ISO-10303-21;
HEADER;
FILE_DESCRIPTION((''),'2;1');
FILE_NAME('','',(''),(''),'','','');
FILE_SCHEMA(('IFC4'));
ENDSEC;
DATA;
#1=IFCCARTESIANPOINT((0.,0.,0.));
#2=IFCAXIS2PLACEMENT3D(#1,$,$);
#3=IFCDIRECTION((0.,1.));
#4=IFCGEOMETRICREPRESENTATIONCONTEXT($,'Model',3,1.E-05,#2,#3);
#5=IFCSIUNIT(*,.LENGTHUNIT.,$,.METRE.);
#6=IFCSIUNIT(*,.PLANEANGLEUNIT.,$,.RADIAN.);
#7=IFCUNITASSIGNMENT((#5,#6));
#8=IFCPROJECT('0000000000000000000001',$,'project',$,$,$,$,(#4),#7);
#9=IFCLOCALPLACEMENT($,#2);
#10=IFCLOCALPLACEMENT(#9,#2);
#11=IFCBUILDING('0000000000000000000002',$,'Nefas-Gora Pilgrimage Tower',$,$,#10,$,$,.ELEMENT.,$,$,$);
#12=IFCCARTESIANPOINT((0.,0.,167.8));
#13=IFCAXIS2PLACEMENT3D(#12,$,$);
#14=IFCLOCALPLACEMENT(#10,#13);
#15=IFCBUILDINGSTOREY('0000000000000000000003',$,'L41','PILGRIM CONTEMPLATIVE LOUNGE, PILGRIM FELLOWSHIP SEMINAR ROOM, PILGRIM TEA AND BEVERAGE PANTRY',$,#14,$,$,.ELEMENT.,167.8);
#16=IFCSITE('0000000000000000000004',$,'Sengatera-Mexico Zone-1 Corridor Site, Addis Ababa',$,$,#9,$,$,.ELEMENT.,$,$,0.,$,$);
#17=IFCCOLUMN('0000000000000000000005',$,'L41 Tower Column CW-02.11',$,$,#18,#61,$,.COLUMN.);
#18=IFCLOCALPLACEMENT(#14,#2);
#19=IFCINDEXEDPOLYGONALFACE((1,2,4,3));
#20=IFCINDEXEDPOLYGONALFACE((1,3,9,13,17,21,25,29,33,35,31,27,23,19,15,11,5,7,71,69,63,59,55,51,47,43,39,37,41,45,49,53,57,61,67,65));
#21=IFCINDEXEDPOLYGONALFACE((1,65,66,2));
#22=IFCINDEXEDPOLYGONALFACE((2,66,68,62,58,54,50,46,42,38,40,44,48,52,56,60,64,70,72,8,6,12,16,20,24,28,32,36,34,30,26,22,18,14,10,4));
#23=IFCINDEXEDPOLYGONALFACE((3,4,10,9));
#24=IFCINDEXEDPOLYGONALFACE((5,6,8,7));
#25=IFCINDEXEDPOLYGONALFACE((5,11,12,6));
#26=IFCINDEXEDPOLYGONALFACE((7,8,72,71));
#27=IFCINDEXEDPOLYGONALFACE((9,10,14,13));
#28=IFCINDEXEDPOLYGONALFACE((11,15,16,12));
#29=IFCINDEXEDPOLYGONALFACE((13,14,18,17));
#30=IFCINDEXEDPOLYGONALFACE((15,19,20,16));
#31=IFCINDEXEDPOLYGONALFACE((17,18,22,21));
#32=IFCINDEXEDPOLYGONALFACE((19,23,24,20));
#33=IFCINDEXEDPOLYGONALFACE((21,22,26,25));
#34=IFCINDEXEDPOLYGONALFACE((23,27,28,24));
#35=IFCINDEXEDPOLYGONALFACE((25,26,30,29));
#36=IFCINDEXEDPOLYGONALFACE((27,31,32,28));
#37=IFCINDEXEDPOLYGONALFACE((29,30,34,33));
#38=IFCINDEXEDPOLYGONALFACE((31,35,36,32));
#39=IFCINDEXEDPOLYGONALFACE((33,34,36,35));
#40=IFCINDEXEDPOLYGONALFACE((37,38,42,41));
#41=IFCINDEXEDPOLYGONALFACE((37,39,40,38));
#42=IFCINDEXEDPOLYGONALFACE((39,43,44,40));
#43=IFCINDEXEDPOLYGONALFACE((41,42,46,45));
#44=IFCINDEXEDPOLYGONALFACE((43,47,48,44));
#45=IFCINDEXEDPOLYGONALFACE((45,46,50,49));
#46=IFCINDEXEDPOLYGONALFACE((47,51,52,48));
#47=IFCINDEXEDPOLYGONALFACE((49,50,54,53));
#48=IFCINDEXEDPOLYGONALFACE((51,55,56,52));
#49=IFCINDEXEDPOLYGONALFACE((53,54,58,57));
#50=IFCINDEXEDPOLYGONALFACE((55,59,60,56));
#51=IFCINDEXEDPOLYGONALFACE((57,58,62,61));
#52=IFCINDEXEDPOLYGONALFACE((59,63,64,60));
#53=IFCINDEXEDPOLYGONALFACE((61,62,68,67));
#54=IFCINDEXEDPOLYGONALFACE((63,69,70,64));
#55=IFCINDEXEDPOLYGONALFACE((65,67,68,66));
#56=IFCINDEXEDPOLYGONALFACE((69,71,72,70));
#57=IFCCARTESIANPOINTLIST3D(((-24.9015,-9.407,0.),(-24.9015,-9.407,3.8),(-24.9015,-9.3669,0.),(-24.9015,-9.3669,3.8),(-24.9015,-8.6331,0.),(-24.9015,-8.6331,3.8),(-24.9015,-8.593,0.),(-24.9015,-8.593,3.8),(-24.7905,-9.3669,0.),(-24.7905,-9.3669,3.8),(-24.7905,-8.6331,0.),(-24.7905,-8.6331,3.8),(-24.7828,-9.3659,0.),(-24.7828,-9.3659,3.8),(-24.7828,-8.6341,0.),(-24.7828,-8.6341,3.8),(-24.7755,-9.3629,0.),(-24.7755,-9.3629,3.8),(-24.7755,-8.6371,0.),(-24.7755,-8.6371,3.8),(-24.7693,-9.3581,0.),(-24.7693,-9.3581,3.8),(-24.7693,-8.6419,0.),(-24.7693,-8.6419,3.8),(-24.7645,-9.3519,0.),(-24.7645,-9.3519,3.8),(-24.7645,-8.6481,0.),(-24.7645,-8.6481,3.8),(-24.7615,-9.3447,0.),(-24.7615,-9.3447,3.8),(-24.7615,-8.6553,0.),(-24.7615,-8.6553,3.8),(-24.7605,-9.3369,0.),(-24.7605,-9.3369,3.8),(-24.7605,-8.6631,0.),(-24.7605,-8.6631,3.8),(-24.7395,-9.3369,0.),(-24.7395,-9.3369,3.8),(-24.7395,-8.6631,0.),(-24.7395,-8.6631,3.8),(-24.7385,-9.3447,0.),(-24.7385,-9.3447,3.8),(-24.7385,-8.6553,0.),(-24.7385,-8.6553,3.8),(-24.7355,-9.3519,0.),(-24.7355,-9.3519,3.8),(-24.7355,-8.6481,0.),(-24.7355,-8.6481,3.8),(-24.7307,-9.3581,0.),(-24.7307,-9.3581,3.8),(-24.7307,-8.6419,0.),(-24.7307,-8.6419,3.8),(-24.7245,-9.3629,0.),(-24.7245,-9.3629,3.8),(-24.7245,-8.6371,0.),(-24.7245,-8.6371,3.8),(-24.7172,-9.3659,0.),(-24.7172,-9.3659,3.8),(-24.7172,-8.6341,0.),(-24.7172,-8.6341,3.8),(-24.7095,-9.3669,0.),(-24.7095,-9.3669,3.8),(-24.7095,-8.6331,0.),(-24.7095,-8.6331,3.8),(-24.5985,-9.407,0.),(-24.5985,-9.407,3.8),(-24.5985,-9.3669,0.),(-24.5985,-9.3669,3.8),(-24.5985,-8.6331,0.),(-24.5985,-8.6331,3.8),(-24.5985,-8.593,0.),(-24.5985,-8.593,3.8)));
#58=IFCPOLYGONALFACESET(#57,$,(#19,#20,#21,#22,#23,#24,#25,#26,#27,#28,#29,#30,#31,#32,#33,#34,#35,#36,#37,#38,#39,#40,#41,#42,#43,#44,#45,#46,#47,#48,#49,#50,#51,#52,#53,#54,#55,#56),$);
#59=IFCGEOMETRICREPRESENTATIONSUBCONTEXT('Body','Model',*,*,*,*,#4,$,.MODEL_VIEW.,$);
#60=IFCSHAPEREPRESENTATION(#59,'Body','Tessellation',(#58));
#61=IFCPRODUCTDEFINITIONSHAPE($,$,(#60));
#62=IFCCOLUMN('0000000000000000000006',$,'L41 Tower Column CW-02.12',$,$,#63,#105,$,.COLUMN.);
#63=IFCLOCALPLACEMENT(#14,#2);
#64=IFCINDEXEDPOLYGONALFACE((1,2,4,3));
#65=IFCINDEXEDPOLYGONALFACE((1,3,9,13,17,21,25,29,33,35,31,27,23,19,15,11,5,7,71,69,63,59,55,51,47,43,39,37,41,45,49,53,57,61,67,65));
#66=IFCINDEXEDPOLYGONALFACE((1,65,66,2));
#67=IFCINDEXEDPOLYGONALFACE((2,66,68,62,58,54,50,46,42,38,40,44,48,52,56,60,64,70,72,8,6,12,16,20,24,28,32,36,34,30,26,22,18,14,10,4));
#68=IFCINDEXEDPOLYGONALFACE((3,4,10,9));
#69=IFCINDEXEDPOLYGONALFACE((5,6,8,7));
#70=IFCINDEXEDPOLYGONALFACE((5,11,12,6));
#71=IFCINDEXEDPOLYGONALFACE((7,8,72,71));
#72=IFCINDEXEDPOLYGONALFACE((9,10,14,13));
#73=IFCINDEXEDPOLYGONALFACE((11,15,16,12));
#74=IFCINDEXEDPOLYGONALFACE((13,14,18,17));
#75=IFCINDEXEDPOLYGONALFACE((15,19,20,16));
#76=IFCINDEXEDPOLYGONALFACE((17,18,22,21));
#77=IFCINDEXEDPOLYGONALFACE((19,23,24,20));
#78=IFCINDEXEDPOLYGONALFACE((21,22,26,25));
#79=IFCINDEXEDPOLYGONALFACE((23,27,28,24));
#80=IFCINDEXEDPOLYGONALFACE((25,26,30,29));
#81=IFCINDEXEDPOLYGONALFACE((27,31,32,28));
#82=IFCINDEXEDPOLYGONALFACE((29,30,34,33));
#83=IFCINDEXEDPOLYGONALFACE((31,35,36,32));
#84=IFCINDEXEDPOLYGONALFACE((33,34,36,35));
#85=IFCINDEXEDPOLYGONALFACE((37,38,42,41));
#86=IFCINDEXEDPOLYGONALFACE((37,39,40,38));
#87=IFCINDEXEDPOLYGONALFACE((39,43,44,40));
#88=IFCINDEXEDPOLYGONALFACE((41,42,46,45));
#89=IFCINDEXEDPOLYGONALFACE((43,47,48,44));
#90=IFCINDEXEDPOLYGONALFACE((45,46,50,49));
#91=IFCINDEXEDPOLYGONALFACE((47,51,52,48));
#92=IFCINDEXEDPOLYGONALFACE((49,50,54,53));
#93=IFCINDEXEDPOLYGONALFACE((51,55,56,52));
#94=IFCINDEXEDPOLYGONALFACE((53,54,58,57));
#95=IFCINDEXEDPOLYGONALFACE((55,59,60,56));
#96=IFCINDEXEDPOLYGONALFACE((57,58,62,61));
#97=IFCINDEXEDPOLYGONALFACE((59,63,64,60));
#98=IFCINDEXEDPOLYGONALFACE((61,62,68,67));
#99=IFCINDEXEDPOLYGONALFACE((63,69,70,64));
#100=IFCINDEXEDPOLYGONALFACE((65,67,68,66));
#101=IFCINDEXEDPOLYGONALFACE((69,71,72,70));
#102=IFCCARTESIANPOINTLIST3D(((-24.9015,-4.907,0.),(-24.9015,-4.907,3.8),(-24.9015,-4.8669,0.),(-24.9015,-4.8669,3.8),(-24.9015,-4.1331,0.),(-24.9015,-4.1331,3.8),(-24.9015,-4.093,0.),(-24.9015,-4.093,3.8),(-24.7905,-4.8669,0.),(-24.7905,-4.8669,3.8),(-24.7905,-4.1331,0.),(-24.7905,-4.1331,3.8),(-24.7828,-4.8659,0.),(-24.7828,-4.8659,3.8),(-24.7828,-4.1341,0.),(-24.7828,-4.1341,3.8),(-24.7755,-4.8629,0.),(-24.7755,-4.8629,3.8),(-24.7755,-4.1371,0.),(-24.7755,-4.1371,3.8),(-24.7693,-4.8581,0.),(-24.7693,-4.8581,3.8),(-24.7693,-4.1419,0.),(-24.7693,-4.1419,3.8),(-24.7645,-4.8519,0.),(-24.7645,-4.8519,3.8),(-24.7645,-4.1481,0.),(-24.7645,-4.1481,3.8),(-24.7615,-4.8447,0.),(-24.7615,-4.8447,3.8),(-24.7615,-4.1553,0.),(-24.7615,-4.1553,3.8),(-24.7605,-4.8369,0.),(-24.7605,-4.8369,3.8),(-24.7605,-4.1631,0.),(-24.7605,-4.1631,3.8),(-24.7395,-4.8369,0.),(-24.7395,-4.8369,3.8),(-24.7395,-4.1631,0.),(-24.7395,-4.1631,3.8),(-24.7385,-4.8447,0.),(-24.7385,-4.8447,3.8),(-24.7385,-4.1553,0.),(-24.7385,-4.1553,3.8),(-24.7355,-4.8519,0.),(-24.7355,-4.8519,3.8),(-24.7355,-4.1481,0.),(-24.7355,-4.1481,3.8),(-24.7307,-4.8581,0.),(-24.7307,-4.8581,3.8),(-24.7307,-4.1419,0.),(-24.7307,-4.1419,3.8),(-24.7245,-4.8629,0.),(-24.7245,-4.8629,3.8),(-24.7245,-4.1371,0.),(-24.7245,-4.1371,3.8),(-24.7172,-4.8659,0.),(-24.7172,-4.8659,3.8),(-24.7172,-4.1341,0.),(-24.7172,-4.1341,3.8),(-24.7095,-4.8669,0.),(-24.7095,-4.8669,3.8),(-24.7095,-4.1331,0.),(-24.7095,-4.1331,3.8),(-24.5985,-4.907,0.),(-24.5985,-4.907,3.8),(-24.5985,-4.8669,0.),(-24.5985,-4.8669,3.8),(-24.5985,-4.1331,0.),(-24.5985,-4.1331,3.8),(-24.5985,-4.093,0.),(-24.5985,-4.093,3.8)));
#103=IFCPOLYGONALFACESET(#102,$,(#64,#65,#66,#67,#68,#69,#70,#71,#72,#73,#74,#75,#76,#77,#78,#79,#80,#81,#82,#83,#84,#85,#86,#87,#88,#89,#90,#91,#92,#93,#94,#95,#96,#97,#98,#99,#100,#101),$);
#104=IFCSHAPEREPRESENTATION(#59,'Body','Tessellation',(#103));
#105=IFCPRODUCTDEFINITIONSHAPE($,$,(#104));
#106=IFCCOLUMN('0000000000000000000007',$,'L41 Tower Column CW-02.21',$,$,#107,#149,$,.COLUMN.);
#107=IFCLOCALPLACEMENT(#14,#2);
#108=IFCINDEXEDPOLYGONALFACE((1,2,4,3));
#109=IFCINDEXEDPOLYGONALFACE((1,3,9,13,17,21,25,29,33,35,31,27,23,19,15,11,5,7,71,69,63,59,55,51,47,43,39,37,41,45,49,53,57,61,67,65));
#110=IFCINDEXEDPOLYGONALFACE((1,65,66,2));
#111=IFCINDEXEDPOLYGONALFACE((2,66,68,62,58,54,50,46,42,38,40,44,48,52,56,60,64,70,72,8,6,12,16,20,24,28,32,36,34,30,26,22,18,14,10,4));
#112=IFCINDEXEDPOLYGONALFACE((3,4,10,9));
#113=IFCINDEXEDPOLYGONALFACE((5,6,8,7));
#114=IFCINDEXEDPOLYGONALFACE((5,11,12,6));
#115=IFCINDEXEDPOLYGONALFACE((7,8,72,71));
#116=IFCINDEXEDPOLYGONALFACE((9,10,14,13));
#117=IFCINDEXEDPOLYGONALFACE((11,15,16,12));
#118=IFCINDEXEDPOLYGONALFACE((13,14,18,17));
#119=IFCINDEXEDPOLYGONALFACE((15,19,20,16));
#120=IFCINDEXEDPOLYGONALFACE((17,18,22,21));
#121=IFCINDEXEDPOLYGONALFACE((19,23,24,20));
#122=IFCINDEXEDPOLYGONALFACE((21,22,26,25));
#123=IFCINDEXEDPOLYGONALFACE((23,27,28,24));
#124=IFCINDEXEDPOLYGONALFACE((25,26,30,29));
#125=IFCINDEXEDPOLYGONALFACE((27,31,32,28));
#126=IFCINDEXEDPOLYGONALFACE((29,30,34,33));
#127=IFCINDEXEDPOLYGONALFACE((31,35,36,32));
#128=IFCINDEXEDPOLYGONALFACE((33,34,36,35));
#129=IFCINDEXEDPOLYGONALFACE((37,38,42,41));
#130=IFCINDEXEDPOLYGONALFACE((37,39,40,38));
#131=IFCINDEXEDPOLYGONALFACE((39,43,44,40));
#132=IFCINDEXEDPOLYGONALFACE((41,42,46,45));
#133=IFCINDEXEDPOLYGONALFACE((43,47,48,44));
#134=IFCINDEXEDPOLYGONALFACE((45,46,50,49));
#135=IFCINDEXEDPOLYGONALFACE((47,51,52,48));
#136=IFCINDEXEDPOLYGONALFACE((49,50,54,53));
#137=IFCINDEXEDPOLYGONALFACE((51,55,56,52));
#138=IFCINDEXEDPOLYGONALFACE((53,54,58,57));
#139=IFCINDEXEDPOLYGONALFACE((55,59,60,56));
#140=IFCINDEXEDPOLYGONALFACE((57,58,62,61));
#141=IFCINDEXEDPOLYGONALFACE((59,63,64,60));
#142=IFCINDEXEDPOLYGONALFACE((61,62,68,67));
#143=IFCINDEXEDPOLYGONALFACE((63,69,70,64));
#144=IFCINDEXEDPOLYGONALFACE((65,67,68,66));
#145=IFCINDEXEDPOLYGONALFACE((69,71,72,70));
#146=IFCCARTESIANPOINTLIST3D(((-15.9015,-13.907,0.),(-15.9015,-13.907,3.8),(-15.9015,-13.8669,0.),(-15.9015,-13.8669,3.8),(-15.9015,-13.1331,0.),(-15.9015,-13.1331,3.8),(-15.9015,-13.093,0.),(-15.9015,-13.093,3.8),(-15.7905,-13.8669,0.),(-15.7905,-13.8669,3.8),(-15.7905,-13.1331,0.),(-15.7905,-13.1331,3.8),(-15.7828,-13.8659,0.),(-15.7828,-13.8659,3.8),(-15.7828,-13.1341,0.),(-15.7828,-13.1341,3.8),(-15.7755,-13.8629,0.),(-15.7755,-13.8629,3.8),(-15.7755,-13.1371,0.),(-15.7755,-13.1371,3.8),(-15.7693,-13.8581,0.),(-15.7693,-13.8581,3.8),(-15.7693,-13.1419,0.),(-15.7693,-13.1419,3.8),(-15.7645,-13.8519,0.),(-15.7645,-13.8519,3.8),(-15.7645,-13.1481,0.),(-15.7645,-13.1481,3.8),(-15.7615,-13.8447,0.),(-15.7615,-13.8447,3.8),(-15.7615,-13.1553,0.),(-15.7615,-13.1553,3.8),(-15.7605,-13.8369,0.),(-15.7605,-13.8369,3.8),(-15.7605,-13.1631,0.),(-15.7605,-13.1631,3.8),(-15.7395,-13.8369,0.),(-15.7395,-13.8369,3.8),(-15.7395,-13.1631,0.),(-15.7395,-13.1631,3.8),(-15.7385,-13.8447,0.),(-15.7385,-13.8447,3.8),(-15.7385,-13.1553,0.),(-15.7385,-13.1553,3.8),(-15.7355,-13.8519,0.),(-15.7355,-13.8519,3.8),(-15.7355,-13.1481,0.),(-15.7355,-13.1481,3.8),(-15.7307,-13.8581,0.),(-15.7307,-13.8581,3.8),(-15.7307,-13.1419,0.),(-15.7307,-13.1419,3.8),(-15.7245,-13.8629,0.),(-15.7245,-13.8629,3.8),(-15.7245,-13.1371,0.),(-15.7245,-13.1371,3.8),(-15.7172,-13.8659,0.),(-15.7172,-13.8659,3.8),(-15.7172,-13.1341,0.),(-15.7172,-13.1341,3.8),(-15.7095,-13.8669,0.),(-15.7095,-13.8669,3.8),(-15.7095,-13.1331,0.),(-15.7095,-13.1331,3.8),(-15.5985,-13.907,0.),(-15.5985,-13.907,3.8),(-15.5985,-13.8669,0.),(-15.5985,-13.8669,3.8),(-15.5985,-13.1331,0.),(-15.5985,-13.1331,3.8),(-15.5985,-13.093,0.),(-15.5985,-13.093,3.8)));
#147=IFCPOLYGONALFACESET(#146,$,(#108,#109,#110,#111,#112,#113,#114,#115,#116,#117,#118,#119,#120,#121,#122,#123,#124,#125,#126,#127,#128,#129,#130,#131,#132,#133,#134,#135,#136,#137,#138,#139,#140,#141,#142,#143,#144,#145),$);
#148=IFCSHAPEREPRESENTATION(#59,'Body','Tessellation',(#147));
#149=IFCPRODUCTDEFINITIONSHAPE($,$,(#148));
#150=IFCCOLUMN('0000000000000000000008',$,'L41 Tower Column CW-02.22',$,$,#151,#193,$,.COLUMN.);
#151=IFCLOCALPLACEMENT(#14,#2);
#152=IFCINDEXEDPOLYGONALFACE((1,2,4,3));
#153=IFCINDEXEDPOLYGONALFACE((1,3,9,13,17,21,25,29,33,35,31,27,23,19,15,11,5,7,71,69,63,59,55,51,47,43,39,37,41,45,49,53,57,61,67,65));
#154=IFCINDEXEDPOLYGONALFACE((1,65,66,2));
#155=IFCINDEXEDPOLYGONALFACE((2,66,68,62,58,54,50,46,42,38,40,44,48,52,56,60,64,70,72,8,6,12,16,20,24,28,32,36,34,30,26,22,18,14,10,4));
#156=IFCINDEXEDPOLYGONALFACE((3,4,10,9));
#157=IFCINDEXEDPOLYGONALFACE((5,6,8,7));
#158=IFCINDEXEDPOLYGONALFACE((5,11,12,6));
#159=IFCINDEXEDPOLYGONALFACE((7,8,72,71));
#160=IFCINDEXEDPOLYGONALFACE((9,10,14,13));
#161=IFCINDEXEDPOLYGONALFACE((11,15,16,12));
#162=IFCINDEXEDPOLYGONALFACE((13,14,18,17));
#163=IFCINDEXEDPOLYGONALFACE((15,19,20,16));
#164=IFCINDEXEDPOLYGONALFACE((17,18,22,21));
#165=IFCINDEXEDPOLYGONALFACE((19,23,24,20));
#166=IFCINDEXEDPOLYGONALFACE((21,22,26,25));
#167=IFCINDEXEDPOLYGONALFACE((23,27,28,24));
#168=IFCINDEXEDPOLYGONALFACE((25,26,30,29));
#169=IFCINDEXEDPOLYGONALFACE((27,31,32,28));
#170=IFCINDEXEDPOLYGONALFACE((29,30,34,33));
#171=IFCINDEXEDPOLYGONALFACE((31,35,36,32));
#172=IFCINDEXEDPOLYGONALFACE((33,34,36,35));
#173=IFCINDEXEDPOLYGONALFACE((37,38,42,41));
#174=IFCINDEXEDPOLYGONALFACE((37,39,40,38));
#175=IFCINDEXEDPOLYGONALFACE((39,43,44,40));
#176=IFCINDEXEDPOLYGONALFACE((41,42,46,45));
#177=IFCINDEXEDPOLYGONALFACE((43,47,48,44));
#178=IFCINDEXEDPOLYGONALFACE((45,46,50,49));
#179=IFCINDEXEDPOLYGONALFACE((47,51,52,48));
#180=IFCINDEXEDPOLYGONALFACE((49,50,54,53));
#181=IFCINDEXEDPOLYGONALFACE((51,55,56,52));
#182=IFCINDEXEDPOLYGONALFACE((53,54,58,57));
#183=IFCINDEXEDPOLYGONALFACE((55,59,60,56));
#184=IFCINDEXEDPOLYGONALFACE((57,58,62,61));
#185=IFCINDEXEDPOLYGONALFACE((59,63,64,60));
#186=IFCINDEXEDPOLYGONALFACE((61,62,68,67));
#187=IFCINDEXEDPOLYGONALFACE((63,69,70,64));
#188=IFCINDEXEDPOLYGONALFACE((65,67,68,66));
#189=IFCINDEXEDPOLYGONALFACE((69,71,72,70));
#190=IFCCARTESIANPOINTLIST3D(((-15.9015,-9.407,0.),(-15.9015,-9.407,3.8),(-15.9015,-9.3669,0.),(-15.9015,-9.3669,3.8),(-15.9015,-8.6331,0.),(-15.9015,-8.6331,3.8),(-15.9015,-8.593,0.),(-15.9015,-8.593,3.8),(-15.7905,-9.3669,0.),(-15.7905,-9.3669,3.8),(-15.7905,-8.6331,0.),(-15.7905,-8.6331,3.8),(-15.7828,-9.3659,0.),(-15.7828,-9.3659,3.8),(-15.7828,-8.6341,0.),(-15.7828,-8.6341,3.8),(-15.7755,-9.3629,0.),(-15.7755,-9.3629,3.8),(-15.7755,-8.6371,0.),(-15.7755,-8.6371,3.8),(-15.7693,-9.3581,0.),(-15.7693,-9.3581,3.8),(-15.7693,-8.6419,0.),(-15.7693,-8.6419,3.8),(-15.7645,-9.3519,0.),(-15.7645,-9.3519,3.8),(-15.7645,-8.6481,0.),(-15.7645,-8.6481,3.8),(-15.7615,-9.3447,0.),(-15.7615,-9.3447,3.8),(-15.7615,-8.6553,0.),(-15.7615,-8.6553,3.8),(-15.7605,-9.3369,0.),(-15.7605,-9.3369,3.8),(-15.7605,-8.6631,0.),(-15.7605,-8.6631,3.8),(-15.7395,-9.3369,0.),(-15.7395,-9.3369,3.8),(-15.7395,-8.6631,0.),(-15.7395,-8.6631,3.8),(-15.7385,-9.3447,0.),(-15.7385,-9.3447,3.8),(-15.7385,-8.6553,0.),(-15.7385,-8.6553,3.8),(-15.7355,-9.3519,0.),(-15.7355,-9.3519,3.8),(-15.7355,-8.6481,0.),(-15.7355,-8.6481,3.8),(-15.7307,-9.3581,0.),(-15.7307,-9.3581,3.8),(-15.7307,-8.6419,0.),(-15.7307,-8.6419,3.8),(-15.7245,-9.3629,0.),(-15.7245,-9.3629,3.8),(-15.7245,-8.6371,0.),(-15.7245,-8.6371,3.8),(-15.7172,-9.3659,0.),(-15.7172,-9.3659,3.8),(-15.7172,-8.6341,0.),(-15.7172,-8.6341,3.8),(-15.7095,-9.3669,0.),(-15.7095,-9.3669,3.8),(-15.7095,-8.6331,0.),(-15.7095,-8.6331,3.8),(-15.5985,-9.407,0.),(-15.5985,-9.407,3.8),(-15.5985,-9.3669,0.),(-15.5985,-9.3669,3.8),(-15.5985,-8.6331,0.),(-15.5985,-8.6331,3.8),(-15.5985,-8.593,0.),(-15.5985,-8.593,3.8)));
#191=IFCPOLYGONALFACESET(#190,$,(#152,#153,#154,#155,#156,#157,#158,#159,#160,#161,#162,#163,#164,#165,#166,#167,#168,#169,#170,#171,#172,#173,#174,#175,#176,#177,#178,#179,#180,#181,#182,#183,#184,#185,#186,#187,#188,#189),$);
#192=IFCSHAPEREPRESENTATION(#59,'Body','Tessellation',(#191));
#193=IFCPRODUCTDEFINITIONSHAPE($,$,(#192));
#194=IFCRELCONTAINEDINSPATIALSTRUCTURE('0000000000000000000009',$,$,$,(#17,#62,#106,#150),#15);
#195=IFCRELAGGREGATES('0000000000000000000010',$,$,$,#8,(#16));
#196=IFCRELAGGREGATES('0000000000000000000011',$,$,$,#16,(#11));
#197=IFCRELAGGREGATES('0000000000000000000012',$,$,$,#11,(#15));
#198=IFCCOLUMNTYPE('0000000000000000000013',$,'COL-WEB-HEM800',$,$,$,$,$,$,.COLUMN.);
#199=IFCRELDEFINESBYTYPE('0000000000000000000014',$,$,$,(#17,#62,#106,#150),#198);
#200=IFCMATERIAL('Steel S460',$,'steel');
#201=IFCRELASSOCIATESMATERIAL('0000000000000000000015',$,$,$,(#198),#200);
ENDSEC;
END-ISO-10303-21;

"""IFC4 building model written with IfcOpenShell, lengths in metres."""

from ifc_helpers import new_model, si_unit, direction, frame, origin, origin_2d, place, context, subcontext, project, spatial, i_section, extrude, source, transform, mapped, material, material_profile, profile_set, type_object, element, save


model = new_model("IFC4")

# Units and contexts
model_context = context("Model", 3, precision=1e-05, world=origin(), true_north=direction((0.0, 1.0)))
body_context = subcontext(model_context, "Body", "Model", "MODEL_VIEW")
ifc_project = project(units=[si_unit("LENGTHUNIT", "METRE"), si_unit("PLANEANGLEUNIT", "RADIAN")], contexts=[model_context])

# Site, building, storey
site_placement = place(None, origin())
site = spatial("IfcSite", under=ifc_project, at=site_placement, Name="Sengatera-Mexico Zone-1 Corridor Site, Addis Ababa", CompositionType="ELEMENT", RefElevation=0.0)
building_placement = place(site_placement, origin())
building = spatial("IfcBuilding", under=site, at=building_placement, Name="Nefas-Gora Pilgrimage Tower", CompositionType="ELEMENT")
storey_placement = place(building_placement, frame((0.0, 0.0, 167.8)))
storey = spatial("IfcBuildingStorey", under=building, at=storey_placement, Name="L41", Description="PILGRIM CONTEMPLATIVE LOUNGE, PILGRIM FELLOWSHIP SEMINAR ROOM, PILGRIM TEA AND BEVERAGE PANTRY", CompositionType="ELEMENT", Elevation=167.8)

# Columns
ifc_material_1 = material(Name="Steel S460", Category="steel")
ifc_material_profile_1 = material_profile(ifc_material_1, i_section(OverallWidth=0.303, OverallDepth=0.814, WebThickness=0.021, FlangeThickness=0.04, FilletRadius=0.03, at=origin_2d()), Name="HEM 800")
ifc_profile_set_1 = profile_set([ifc_material_profile_1], Name="Steel S460")
column_type_1 = type_object("IfcColumnType", Name="COL-WEB-HEM800", PredefinedType="COLUMN", material=ifc_profile_set_1)
shared_shape_1 = source(origin(), body_context, "Body", "SweptSolid", [
    extrude(i_section(OverallWidth=0.303, OverallDepth=0.814, WebThickness=0.021, FlangeThickness=0.04, FilletRadius=0.03, at=origin_2d()), origin(), (0.0, 0.0, 1.0), 3.8),
])
for number, where, z_axis, x_axis, name in (
    (1, (-24.75, -9.0, 0.0), (0.0, 0.0, 1.0), (1.0, 0.0, 0.0), "L41 Tower Column CW-02.11"),
    (2, (-24.75, -4.5, 0.0), (0.0, 0.0, 1.0), (1.0, 0.0, 0.0), "L41 Tower Column CW-02.12"),
    (3, (-15.75, -13.5, 0.0), (0.0, 0.0, 1.0), (1.0, 0.0, 0.0), "L41 Tower Column CW-02.21"),
    (4, (-15.75, -9.0, 0.0), (0.0, 0.0, 1.0), (1.0, 0.0, 0.0), "L41 Tower Column CW-02.22"),
):
    element("IfcColumn", number, at=place(storey_placement, frame(where, z_axis=z_axis, x_axis=x_axis)), inside=storey, type_object=column_type_1, Name=name, PredefinedType="COLUMN", context=body_context, shape_type="MappedRepresentation", body=[
        mapped(shared_shape_1, transform((0.0, 0.0, 0.0), x_axis=(1.0, 0.0, 0.0), y_axis=(0.0, 1.0, 0.0), z_axis=(0.0, 0.0, 1.0), scale=1.0)),
    ])

save(model, "model.ifc")
